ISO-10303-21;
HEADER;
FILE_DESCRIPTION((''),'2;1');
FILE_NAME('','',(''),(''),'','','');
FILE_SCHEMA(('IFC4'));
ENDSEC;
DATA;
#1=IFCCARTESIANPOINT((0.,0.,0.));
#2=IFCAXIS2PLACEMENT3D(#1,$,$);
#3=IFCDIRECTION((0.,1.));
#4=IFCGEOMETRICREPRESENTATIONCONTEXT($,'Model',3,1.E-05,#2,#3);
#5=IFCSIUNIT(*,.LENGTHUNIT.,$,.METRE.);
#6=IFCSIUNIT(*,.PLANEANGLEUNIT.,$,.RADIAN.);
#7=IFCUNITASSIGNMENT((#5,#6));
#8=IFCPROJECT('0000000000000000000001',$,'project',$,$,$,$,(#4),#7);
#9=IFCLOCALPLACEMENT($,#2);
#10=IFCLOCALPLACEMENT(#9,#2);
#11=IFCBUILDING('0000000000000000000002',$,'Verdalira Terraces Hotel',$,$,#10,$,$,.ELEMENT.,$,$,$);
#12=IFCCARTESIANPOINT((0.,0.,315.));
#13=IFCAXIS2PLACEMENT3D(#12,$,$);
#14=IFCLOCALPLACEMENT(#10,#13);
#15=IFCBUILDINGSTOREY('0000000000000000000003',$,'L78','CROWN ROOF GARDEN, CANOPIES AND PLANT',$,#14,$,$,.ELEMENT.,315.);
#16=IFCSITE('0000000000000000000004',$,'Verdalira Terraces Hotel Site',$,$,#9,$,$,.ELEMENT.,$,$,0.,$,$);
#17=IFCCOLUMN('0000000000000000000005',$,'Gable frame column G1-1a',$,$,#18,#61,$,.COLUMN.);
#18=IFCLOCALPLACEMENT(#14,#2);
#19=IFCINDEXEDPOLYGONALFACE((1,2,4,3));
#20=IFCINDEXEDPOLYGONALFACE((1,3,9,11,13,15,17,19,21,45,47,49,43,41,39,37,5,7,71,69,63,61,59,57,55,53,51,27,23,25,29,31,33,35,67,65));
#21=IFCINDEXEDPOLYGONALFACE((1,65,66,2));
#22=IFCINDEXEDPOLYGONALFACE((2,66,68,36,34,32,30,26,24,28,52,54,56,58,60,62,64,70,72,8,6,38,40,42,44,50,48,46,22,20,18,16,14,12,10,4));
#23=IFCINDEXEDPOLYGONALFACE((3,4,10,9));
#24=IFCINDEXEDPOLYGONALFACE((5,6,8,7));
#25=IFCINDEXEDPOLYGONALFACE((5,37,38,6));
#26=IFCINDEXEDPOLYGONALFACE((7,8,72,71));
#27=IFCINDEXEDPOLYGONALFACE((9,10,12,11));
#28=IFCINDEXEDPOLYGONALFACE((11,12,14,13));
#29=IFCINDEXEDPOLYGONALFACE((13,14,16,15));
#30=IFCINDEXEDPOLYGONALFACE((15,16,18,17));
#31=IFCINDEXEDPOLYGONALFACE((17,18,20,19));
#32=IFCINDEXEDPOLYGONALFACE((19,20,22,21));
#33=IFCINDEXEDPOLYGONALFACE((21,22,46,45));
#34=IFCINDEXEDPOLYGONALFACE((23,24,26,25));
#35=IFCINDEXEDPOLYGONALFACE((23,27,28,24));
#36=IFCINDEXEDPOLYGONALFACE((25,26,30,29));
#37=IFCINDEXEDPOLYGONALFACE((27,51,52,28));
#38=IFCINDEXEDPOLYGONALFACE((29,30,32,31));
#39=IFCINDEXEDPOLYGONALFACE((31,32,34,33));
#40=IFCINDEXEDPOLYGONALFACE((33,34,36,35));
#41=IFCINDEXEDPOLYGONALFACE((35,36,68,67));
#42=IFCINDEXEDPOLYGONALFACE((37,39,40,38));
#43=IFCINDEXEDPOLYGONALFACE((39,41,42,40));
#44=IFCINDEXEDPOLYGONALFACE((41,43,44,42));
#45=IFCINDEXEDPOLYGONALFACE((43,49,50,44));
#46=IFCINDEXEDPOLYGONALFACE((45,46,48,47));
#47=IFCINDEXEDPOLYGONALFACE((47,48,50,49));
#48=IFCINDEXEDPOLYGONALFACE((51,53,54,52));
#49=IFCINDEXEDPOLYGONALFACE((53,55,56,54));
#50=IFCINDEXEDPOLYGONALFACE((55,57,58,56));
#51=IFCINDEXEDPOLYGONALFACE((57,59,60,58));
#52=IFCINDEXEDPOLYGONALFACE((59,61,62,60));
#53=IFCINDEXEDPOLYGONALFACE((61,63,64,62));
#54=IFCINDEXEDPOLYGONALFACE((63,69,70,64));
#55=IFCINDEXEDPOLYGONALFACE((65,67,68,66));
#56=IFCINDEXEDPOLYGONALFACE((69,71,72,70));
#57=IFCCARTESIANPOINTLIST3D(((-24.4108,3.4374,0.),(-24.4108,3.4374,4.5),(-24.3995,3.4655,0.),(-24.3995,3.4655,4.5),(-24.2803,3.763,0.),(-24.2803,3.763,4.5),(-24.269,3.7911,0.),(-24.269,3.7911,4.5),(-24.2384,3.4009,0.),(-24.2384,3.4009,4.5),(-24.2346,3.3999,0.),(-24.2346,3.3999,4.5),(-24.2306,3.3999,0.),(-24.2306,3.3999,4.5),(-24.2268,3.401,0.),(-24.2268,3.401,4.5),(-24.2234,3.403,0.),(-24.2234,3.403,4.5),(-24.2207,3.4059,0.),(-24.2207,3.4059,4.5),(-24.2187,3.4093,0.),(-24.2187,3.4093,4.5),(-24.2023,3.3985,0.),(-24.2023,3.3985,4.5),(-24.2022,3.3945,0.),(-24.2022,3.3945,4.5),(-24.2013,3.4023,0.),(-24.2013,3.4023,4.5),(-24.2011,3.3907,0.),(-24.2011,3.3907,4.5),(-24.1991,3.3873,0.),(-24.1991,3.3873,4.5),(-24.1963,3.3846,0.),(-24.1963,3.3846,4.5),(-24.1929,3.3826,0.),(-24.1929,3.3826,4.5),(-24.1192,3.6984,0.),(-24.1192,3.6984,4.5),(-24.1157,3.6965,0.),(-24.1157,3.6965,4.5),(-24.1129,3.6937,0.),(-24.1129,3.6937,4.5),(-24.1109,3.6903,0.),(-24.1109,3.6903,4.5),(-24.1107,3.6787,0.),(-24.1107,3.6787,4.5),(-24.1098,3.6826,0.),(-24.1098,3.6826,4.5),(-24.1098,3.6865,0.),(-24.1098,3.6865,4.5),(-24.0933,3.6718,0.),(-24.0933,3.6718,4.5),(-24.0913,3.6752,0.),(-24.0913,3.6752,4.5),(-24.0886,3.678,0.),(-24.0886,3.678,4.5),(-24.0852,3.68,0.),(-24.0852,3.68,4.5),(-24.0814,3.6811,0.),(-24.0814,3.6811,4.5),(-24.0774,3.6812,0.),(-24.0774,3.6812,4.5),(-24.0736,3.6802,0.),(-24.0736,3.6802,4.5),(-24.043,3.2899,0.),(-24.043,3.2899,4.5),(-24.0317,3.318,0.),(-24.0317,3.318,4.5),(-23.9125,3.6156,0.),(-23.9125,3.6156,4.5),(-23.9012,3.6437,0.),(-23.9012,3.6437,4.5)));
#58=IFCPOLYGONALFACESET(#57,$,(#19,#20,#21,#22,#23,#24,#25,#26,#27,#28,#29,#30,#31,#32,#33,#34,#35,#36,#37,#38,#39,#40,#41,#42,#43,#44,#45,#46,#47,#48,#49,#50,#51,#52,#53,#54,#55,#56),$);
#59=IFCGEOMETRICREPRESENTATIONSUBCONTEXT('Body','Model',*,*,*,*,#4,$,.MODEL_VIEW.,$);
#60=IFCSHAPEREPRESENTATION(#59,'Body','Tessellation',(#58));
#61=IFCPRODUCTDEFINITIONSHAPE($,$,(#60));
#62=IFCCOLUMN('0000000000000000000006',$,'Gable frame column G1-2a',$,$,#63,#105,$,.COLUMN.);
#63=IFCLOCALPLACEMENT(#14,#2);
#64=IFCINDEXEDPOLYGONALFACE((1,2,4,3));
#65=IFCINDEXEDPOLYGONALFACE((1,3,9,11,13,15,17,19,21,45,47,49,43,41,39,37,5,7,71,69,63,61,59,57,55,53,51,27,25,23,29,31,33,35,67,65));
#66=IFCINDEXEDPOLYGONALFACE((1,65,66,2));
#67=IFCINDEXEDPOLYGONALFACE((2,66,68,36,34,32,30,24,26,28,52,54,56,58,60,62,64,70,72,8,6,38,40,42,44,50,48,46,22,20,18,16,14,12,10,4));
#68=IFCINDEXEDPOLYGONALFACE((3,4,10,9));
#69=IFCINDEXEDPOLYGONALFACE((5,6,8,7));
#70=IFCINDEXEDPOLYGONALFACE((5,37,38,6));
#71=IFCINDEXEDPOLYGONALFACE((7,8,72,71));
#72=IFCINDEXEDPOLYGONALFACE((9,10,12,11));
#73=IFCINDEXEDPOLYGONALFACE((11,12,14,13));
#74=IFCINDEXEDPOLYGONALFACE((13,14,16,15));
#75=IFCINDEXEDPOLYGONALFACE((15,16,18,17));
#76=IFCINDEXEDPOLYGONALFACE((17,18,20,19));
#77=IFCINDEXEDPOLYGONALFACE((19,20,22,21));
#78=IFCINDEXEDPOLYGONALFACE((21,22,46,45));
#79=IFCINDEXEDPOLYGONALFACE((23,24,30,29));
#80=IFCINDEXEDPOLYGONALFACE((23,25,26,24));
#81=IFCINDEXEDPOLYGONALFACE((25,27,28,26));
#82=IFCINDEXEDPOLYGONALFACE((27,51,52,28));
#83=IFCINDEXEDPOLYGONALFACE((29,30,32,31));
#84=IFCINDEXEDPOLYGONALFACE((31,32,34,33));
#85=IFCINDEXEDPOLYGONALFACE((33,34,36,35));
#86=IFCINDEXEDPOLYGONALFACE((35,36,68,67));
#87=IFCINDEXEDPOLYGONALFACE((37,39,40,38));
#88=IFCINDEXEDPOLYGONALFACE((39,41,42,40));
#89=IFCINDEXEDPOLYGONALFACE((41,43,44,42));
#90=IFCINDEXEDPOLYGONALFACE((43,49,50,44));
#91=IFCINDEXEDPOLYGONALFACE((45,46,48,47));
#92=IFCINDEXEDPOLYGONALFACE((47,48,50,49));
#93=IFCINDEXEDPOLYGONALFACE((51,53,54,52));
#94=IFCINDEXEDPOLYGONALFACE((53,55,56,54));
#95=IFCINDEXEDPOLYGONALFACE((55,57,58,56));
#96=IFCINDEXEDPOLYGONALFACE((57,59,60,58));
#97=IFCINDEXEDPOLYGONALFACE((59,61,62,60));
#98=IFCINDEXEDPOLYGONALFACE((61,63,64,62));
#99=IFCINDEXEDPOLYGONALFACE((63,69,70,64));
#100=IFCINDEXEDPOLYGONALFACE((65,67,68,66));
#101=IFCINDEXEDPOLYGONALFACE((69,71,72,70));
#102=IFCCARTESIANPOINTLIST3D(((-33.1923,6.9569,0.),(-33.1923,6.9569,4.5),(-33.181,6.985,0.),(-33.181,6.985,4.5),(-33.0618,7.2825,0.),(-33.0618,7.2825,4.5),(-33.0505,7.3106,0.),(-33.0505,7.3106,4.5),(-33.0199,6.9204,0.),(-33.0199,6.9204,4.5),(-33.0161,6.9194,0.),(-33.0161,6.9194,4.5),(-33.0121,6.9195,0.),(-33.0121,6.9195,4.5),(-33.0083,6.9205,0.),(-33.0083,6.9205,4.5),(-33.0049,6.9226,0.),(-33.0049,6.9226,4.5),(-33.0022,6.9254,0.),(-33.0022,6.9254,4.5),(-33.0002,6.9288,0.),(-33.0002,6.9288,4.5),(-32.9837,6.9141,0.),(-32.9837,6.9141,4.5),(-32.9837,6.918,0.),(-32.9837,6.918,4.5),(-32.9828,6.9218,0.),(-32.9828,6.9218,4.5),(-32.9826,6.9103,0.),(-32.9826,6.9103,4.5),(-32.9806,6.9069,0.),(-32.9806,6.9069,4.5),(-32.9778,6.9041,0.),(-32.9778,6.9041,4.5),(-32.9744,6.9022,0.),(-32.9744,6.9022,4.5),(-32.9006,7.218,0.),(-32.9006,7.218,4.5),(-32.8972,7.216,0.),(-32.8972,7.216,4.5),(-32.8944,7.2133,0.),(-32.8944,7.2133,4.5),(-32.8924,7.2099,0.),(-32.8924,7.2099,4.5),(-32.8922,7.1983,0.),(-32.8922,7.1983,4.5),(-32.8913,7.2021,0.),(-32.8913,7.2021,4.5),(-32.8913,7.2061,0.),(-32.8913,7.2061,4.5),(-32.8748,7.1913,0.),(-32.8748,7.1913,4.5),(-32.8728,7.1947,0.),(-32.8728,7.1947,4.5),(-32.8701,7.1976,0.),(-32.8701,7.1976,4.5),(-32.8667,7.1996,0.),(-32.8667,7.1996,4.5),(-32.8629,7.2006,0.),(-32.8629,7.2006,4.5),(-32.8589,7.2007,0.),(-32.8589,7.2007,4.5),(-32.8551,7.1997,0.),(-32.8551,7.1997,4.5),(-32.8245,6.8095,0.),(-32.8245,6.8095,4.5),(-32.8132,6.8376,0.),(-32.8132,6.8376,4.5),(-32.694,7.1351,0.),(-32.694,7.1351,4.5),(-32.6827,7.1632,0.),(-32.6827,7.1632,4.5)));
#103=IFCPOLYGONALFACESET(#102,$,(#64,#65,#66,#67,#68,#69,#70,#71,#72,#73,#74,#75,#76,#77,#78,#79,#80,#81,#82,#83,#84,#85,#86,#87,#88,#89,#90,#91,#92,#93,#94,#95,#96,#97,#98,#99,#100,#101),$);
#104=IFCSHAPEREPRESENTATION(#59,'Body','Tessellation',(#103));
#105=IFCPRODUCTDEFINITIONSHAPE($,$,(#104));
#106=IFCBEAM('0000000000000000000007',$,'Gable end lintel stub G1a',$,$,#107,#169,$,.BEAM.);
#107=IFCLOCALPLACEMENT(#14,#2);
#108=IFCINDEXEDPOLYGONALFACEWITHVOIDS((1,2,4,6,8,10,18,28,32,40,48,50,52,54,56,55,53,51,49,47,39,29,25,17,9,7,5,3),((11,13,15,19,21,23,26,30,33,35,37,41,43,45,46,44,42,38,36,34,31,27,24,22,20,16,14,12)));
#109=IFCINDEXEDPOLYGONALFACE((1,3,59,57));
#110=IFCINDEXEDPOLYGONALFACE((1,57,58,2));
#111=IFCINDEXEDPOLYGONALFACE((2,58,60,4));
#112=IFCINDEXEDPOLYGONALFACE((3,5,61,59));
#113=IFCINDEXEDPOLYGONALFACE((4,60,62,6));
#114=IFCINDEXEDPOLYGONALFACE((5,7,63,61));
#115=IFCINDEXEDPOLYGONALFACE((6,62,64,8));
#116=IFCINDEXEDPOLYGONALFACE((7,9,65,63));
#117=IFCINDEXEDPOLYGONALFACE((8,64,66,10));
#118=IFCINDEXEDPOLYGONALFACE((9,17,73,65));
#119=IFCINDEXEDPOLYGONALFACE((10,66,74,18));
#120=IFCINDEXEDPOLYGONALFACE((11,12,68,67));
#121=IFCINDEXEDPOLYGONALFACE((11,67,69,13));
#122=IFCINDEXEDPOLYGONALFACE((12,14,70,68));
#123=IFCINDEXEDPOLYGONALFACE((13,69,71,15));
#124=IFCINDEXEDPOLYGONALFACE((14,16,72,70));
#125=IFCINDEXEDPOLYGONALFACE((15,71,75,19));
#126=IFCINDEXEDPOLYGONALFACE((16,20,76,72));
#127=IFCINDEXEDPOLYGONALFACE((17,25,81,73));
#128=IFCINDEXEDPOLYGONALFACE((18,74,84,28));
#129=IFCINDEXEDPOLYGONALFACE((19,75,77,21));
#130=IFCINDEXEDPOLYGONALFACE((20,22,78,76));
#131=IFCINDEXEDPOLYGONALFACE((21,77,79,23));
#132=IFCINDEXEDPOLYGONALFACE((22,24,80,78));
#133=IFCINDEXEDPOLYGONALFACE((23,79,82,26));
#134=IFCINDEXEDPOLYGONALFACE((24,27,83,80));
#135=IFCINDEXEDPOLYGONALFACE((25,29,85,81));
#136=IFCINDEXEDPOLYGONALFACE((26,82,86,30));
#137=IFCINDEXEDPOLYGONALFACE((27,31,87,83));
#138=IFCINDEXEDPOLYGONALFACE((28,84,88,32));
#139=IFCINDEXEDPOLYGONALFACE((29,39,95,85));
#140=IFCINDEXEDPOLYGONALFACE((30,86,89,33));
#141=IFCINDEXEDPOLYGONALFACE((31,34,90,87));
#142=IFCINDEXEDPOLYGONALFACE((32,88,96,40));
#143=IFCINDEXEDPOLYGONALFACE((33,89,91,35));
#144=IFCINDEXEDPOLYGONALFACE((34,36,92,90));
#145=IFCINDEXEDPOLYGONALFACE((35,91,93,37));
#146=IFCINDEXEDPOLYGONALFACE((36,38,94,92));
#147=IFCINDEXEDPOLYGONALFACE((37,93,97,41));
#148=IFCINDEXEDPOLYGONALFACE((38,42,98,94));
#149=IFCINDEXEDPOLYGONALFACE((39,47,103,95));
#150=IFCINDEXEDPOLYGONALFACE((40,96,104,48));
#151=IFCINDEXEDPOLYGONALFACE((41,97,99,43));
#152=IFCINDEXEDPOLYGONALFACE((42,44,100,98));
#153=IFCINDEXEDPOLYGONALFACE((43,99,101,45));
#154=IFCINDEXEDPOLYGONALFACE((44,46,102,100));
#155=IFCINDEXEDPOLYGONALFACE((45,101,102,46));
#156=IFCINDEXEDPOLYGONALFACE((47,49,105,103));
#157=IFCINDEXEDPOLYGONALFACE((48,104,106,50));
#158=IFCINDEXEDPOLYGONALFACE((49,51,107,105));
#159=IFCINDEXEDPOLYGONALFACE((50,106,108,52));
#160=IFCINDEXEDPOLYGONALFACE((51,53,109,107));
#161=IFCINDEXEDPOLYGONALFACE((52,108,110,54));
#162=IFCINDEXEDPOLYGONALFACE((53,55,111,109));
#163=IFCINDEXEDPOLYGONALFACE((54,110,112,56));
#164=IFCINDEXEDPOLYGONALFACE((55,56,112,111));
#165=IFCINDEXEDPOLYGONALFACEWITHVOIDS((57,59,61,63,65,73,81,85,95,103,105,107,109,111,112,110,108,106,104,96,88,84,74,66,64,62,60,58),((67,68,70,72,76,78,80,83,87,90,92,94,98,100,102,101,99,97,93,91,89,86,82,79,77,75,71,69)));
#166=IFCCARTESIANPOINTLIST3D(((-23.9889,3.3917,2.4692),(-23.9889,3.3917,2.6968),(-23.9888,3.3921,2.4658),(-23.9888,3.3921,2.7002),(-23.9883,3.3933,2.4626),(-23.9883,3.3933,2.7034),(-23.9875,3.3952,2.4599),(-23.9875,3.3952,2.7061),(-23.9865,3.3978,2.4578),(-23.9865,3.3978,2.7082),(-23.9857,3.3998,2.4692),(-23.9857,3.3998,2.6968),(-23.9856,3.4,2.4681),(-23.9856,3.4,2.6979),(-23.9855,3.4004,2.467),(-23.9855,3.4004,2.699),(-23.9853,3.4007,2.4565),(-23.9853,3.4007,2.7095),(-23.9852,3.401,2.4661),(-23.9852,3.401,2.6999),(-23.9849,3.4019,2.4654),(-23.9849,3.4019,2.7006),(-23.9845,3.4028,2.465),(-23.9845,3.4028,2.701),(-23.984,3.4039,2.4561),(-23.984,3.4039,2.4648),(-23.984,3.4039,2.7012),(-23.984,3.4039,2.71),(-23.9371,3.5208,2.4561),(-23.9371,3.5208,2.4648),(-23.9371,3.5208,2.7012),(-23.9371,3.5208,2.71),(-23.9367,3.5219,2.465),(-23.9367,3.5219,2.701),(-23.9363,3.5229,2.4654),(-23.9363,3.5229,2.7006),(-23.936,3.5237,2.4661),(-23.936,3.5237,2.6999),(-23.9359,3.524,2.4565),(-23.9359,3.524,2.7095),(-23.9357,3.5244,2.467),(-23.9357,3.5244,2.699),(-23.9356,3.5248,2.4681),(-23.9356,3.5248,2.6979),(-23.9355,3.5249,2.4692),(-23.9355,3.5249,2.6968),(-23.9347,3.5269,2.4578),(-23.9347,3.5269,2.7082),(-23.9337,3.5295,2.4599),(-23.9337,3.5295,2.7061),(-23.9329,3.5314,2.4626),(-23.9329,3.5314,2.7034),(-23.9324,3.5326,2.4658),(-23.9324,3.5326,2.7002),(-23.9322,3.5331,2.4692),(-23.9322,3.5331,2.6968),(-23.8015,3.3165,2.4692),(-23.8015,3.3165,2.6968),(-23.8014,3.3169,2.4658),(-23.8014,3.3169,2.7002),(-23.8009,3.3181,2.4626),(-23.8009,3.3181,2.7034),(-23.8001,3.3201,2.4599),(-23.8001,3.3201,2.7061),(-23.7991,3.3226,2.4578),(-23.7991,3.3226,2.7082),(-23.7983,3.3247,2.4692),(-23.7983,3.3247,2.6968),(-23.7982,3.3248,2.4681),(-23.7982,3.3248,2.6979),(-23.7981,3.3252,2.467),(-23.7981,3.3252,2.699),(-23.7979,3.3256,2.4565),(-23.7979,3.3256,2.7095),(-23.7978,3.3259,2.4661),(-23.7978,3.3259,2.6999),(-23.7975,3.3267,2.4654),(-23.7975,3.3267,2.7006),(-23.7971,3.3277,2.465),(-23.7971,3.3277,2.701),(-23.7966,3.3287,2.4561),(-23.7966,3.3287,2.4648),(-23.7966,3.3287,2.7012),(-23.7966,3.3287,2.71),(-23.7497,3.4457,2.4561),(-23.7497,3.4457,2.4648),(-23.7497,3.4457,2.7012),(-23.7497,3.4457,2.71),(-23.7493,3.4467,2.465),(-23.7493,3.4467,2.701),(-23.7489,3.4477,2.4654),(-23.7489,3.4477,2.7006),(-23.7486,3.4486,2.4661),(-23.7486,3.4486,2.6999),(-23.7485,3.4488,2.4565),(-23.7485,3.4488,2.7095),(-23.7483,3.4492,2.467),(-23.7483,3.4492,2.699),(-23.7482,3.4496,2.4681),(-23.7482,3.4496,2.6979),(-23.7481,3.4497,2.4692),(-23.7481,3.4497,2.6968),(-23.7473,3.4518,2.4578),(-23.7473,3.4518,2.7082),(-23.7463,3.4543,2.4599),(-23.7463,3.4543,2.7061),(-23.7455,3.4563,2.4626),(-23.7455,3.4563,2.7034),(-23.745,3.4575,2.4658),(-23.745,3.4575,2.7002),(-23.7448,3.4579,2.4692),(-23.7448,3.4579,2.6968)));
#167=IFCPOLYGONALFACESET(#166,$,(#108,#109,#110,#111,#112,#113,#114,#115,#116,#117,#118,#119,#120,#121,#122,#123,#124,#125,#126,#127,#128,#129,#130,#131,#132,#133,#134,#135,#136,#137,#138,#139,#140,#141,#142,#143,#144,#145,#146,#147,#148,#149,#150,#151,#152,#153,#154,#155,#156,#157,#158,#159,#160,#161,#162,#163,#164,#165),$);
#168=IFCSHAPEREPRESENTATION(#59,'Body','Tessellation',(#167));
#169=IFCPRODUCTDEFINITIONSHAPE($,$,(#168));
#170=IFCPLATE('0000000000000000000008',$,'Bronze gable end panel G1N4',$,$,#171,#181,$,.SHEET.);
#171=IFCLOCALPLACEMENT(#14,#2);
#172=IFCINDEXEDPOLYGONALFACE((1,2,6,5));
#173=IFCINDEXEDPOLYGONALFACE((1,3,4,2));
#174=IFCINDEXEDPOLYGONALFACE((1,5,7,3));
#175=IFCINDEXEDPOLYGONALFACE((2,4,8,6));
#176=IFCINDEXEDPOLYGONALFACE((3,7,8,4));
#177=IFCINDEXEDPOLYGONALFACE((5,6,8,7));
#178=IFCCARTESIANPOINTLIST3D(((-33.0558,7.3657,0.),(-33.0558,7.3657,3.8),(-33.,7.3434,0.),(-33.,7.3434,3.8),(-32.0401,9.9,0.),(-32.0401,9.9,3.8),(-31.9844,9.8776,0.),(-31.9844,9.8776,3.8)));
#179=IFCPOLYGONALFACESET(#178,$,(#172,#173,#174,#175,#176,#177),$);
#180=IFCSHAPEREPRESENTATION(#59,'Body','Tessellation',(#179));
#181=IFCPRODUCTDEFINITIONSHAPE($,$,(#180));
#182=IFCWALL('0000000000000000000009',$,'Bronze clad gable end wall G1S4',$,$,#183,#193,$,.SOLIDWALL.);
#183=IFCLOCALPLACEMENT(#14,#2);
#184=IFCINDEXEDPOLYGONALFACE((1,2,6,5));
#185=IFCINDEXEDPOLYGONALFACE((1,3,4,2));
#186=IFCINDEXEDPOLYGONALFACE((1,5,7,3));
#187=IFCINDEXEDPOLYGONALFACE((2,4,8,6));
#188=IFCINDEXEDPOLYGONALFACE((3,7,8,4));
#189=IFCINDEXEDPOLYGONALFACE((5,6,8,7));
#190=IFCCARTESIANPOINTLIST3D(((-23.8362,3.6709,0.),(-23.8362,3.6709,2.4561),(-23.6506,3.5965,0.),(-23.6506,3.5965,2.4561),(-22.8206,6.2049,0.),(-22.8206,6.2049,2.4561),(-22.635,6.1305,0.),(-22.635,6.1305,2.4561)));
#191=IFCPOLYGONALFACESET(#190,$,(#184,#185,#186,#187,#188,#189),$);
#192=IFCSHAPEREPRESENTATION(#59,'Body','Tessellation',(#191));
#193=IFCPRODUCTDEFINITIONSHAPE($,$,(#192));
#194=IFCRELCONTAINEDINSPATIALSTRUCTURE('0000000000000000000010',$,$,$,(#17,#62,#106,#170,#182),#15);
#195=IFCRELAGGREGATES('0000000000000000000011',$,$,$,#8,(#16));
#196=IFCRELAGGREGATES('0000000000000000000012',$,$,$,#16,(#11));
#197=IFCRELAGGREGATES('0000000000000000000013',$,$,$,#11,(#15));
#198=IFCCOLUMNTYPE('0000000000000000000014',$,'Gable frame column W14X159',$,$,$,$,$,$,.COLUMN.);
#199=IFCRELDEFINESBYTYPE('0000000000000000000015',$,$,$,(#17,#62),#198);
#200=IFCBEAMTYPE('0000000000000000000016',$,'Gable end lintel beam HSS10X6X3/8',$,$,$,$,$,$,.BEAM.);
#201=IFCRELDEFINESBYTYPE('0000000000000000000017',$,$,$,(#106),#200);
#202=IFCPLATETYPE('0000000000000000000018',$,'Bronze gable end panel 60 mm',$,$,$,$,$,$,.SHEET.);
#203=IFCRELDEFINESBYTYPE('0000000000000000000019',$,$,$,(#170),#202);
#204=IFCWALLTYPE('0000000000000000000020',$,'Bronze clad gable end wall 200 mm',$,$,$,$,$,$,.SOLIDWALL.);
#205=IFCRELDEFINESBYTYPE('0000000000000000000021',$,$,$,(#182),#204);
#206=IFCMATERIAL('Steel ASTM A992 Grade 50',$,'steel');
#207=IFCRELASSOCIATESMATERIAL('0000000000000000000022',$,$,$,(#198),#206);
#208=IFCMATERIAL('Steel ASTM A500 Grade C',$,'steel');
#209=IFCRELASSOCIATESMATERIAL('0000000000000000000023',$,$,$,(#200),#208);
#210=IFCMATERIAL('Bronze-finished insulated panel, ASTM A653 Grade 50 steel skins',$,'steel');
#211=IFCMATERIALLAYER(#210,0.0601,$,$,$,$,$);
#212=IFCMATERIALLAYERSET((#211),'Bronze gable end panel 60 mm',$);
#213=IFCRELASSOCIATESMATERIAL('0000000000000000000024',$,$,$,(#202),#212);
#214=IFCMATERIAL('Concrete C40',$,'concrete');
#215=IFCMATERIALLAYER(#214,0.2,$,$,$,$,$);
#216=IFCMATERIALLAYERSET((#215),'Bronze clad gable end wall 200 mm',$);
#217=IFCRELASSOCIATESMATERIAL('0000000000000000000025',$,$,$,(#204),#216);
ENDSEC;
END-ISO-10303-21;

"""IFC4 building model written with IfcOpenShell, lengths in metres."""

from ifc_helpers import new_model, si_unit, direction, frame, frame_2d, origin, origin_2d, place, context, subcontext, project, spatial, rectangle, hollow_rectangle, i_section, extrude, material, layer, layer_set, material_profile, profile_set, type_object, element, save


model = new_model("IFC4")

# Units and contexts
model_context = context("Model", 3, precision=1e-05, world=origin(), true_north=direction((0.0, 1.0)))
body_context = subcontext(model_context, "Body", "Model", "MODEL_VIEW")
ifc_project = project(units=[si_unit("LENGTHUNIT", "METRE"), si_unit("PLANEANGLEUNIT", "RADIAN")], contexts=[model_context])

# Site, building, storey
site_placement = place(None, origin())
site = spatial("IfcSite", under=ifc_project, at=site_placement, Name="Verdalira Terraces Hotel Site", CompositionType="ELEMENT", RefElevation=0.0)
building_placement = place(site_placement, origin())
building = spatial("IfcBuilding", under=site, at=building_placement, Name="Verdalira Terraces Hotel", CompositionType="ELEMENT")
storey_placement = place(building_placement, frame((0.0, 0.0, 315.0)))
storey = spatial("IfcBuildingStorey", under=building, at=storey_placement, Name="L78", Description="CROWN ROOF GARDEN, CANOPIES AND PLANT", CompositionType="ELEMENT", Elevation=315.0)

# Columns
ifc_material_1 = material(Name="Steel ASTM A992 Grade 50", Category="steel")
ifc_material_profile_1 = material_profile(ifc_material_1, i_section(OverallWidth=0.3962, OverallDepth=0.3811, WebThickness=0.0188, FlangeThickness=0.0303, FilletRadius=0.0151, at=origin_2d()), Name="W14X159")
ifc_profile_set_1 = profile_set([ifc_material_profile_1], Name="Steel ASTM A992 Grade 50")
column_type = type_object("IfcColumnType", Name="Gable frame column W14X159", PredefinedType="COLUMN", material=ifc_profile_set_1)
for number, where, z_axis, x_axis, name in (
    (1, (-24.156, 3.5405, 0.0), (0.0, 0.0, 1.0), (-0.928226, 0.372016, 0.0), "Gable frame column G1-1a"),
    (2, (-32.9375, 7.0601, 0.0), (0.0, 0.0, 1.0), (-0.928226, 0.372016, 0.0), "Gable frame column G1-2a"),
):
    element("IfcColumn", number, at=place(storey_placement, frame(where, z_axis=z_axis, x_axis=x_axis)), inside=storey, type_object=column_type, Name=name, PredefinedType="COLUMN", context=body_context, shape_type="SweptSolid", body=[
        extrude(i_section(OverallWidth=0.3962, OverallDepth=0.3811, WebThickness=0.0188, FlangeThickness=0.0303, FilletRadius=0.0151, at=origin_2d()), origin(), (0.0, 0.0, 1.0), 4.5),
    ])

# Beam
ifc_material_2 = material(Name="Steel ASTM A500 Grade C", Category="steel")
ifc_material_profile_2 = material_profile(ifc_material_2, hollow_rectangle(XDim=0.1523, YDim=0.2539, WallThickness=0.0088, InnerFilletRadius=0.0044, OuterFilletRadius=0.0132, at=origin_2d()), Name="HSS10X6X3/8")
ifc_profile_set_2 = profile_set([ifc_material_profile_2], Name="Steel ASTM A500 Grade C")
beam_type = type_object("IfcBeamType", Name="Gable end lintel beam HSS10X6X3/8", PredefinedType="BEAM", material=ifc_profile_set_2)
beam_placement = place(storey_placement, frame((-23.7732, 3.3872, 2.583), z_axis=(-0.928143, 0.372224, 0.0), x_axis=(-0.372224, -0.928143, 0.0)))
element("IfcBeam", 3, at=beam_placement, inside=storey, type_object=beam_type, Name="Gable end lintel stub G1a", PredefinedType="BEAM", context=body_context, shape_type="SweptSolid", body=[
    extrude(hollow_rectangle(XDim=0.1523, YDim=0.2539, WallThickness=0.0088, InnerFilletRadius=0.0044, OuterFilletRadius=0.0132, at=origin_2d()), origin(), (0.0, 0.0, 1.0), 0.2019),
])

# Plate
ifc_material_3 = material(Name="Bronze-finished insulated panel, ASTM A653 Grade 50 steel skins", Category="steel")
ifc_layer_1 = layer(ifc_material_3, 0.0601)
ifc_layer_set_1 = layer_set([ifc_layer_1], Name="Bronze gable end panel 60 mm")
plate_type = type_object("IfcPlateType", Name="Bronze gable end panel 60 mm", PredefinedType="SHEET", material=ifc_layer_set_1)
plate_placement = place(storey_placement, frame((-32.0122, 9.8889, 0.0), z_axis=(0.0, 0.0, 1.0), x_axis=(-0.372007, -0.92823, 0.0)))
element("IfcPlate", 4, at=plate_placement, inside=storey, type_object=plate_type, Name="Bronze gable end panel G1N4", PredefinedType="SHEET", context=body_context, shape_type="SweptSolid", body=[
    extrude(rectangle(XDim=2.7302, YDim=0.0601, at=frame_2d((1.3652, 0.0))), origin(), (0.0, 0.0, 1.0), 3.8),
])

# Wall
ifc_material_4 = material(Name="Concrete C40", Category="concrete")
ifc_layer_2 = layer(ifc_material_4, 0.2)
ifc_layer_set_2 = layer_set([ifc_layer_2], Name="Bronze clad gable end wall 200 mm")
wall_type_1 = type_object("IfcWallType", Name="Bronze clad gable end wall 200 mm", PredefinedType="SOLIDWALL", material=ifc_layer_set_2)
wall_1_placement = place(storey_placement, frame((-22.7278, 6.1677, 0.0), z_axis=(0.0, 0.0, 1.0), x_axis=(-0.372038, -0.928217, 0.0)))
element("IfcWall", 5, at=wall_1_placement, inside=storey, type_object=wall_type_1, Name="Bronze clad gable end wall G1S4", PredefinedType="SOLIDWALL", context=body_context, shape_type="SweptSolid", body=[
    extrude(rectangle(XDim=2.73, YDim=0.2, at=frame_2d((1.365, 0.0))), origin(), (0.0, 0.0, 1.0), 2.4561),
])

save(model, "model.ifc")
